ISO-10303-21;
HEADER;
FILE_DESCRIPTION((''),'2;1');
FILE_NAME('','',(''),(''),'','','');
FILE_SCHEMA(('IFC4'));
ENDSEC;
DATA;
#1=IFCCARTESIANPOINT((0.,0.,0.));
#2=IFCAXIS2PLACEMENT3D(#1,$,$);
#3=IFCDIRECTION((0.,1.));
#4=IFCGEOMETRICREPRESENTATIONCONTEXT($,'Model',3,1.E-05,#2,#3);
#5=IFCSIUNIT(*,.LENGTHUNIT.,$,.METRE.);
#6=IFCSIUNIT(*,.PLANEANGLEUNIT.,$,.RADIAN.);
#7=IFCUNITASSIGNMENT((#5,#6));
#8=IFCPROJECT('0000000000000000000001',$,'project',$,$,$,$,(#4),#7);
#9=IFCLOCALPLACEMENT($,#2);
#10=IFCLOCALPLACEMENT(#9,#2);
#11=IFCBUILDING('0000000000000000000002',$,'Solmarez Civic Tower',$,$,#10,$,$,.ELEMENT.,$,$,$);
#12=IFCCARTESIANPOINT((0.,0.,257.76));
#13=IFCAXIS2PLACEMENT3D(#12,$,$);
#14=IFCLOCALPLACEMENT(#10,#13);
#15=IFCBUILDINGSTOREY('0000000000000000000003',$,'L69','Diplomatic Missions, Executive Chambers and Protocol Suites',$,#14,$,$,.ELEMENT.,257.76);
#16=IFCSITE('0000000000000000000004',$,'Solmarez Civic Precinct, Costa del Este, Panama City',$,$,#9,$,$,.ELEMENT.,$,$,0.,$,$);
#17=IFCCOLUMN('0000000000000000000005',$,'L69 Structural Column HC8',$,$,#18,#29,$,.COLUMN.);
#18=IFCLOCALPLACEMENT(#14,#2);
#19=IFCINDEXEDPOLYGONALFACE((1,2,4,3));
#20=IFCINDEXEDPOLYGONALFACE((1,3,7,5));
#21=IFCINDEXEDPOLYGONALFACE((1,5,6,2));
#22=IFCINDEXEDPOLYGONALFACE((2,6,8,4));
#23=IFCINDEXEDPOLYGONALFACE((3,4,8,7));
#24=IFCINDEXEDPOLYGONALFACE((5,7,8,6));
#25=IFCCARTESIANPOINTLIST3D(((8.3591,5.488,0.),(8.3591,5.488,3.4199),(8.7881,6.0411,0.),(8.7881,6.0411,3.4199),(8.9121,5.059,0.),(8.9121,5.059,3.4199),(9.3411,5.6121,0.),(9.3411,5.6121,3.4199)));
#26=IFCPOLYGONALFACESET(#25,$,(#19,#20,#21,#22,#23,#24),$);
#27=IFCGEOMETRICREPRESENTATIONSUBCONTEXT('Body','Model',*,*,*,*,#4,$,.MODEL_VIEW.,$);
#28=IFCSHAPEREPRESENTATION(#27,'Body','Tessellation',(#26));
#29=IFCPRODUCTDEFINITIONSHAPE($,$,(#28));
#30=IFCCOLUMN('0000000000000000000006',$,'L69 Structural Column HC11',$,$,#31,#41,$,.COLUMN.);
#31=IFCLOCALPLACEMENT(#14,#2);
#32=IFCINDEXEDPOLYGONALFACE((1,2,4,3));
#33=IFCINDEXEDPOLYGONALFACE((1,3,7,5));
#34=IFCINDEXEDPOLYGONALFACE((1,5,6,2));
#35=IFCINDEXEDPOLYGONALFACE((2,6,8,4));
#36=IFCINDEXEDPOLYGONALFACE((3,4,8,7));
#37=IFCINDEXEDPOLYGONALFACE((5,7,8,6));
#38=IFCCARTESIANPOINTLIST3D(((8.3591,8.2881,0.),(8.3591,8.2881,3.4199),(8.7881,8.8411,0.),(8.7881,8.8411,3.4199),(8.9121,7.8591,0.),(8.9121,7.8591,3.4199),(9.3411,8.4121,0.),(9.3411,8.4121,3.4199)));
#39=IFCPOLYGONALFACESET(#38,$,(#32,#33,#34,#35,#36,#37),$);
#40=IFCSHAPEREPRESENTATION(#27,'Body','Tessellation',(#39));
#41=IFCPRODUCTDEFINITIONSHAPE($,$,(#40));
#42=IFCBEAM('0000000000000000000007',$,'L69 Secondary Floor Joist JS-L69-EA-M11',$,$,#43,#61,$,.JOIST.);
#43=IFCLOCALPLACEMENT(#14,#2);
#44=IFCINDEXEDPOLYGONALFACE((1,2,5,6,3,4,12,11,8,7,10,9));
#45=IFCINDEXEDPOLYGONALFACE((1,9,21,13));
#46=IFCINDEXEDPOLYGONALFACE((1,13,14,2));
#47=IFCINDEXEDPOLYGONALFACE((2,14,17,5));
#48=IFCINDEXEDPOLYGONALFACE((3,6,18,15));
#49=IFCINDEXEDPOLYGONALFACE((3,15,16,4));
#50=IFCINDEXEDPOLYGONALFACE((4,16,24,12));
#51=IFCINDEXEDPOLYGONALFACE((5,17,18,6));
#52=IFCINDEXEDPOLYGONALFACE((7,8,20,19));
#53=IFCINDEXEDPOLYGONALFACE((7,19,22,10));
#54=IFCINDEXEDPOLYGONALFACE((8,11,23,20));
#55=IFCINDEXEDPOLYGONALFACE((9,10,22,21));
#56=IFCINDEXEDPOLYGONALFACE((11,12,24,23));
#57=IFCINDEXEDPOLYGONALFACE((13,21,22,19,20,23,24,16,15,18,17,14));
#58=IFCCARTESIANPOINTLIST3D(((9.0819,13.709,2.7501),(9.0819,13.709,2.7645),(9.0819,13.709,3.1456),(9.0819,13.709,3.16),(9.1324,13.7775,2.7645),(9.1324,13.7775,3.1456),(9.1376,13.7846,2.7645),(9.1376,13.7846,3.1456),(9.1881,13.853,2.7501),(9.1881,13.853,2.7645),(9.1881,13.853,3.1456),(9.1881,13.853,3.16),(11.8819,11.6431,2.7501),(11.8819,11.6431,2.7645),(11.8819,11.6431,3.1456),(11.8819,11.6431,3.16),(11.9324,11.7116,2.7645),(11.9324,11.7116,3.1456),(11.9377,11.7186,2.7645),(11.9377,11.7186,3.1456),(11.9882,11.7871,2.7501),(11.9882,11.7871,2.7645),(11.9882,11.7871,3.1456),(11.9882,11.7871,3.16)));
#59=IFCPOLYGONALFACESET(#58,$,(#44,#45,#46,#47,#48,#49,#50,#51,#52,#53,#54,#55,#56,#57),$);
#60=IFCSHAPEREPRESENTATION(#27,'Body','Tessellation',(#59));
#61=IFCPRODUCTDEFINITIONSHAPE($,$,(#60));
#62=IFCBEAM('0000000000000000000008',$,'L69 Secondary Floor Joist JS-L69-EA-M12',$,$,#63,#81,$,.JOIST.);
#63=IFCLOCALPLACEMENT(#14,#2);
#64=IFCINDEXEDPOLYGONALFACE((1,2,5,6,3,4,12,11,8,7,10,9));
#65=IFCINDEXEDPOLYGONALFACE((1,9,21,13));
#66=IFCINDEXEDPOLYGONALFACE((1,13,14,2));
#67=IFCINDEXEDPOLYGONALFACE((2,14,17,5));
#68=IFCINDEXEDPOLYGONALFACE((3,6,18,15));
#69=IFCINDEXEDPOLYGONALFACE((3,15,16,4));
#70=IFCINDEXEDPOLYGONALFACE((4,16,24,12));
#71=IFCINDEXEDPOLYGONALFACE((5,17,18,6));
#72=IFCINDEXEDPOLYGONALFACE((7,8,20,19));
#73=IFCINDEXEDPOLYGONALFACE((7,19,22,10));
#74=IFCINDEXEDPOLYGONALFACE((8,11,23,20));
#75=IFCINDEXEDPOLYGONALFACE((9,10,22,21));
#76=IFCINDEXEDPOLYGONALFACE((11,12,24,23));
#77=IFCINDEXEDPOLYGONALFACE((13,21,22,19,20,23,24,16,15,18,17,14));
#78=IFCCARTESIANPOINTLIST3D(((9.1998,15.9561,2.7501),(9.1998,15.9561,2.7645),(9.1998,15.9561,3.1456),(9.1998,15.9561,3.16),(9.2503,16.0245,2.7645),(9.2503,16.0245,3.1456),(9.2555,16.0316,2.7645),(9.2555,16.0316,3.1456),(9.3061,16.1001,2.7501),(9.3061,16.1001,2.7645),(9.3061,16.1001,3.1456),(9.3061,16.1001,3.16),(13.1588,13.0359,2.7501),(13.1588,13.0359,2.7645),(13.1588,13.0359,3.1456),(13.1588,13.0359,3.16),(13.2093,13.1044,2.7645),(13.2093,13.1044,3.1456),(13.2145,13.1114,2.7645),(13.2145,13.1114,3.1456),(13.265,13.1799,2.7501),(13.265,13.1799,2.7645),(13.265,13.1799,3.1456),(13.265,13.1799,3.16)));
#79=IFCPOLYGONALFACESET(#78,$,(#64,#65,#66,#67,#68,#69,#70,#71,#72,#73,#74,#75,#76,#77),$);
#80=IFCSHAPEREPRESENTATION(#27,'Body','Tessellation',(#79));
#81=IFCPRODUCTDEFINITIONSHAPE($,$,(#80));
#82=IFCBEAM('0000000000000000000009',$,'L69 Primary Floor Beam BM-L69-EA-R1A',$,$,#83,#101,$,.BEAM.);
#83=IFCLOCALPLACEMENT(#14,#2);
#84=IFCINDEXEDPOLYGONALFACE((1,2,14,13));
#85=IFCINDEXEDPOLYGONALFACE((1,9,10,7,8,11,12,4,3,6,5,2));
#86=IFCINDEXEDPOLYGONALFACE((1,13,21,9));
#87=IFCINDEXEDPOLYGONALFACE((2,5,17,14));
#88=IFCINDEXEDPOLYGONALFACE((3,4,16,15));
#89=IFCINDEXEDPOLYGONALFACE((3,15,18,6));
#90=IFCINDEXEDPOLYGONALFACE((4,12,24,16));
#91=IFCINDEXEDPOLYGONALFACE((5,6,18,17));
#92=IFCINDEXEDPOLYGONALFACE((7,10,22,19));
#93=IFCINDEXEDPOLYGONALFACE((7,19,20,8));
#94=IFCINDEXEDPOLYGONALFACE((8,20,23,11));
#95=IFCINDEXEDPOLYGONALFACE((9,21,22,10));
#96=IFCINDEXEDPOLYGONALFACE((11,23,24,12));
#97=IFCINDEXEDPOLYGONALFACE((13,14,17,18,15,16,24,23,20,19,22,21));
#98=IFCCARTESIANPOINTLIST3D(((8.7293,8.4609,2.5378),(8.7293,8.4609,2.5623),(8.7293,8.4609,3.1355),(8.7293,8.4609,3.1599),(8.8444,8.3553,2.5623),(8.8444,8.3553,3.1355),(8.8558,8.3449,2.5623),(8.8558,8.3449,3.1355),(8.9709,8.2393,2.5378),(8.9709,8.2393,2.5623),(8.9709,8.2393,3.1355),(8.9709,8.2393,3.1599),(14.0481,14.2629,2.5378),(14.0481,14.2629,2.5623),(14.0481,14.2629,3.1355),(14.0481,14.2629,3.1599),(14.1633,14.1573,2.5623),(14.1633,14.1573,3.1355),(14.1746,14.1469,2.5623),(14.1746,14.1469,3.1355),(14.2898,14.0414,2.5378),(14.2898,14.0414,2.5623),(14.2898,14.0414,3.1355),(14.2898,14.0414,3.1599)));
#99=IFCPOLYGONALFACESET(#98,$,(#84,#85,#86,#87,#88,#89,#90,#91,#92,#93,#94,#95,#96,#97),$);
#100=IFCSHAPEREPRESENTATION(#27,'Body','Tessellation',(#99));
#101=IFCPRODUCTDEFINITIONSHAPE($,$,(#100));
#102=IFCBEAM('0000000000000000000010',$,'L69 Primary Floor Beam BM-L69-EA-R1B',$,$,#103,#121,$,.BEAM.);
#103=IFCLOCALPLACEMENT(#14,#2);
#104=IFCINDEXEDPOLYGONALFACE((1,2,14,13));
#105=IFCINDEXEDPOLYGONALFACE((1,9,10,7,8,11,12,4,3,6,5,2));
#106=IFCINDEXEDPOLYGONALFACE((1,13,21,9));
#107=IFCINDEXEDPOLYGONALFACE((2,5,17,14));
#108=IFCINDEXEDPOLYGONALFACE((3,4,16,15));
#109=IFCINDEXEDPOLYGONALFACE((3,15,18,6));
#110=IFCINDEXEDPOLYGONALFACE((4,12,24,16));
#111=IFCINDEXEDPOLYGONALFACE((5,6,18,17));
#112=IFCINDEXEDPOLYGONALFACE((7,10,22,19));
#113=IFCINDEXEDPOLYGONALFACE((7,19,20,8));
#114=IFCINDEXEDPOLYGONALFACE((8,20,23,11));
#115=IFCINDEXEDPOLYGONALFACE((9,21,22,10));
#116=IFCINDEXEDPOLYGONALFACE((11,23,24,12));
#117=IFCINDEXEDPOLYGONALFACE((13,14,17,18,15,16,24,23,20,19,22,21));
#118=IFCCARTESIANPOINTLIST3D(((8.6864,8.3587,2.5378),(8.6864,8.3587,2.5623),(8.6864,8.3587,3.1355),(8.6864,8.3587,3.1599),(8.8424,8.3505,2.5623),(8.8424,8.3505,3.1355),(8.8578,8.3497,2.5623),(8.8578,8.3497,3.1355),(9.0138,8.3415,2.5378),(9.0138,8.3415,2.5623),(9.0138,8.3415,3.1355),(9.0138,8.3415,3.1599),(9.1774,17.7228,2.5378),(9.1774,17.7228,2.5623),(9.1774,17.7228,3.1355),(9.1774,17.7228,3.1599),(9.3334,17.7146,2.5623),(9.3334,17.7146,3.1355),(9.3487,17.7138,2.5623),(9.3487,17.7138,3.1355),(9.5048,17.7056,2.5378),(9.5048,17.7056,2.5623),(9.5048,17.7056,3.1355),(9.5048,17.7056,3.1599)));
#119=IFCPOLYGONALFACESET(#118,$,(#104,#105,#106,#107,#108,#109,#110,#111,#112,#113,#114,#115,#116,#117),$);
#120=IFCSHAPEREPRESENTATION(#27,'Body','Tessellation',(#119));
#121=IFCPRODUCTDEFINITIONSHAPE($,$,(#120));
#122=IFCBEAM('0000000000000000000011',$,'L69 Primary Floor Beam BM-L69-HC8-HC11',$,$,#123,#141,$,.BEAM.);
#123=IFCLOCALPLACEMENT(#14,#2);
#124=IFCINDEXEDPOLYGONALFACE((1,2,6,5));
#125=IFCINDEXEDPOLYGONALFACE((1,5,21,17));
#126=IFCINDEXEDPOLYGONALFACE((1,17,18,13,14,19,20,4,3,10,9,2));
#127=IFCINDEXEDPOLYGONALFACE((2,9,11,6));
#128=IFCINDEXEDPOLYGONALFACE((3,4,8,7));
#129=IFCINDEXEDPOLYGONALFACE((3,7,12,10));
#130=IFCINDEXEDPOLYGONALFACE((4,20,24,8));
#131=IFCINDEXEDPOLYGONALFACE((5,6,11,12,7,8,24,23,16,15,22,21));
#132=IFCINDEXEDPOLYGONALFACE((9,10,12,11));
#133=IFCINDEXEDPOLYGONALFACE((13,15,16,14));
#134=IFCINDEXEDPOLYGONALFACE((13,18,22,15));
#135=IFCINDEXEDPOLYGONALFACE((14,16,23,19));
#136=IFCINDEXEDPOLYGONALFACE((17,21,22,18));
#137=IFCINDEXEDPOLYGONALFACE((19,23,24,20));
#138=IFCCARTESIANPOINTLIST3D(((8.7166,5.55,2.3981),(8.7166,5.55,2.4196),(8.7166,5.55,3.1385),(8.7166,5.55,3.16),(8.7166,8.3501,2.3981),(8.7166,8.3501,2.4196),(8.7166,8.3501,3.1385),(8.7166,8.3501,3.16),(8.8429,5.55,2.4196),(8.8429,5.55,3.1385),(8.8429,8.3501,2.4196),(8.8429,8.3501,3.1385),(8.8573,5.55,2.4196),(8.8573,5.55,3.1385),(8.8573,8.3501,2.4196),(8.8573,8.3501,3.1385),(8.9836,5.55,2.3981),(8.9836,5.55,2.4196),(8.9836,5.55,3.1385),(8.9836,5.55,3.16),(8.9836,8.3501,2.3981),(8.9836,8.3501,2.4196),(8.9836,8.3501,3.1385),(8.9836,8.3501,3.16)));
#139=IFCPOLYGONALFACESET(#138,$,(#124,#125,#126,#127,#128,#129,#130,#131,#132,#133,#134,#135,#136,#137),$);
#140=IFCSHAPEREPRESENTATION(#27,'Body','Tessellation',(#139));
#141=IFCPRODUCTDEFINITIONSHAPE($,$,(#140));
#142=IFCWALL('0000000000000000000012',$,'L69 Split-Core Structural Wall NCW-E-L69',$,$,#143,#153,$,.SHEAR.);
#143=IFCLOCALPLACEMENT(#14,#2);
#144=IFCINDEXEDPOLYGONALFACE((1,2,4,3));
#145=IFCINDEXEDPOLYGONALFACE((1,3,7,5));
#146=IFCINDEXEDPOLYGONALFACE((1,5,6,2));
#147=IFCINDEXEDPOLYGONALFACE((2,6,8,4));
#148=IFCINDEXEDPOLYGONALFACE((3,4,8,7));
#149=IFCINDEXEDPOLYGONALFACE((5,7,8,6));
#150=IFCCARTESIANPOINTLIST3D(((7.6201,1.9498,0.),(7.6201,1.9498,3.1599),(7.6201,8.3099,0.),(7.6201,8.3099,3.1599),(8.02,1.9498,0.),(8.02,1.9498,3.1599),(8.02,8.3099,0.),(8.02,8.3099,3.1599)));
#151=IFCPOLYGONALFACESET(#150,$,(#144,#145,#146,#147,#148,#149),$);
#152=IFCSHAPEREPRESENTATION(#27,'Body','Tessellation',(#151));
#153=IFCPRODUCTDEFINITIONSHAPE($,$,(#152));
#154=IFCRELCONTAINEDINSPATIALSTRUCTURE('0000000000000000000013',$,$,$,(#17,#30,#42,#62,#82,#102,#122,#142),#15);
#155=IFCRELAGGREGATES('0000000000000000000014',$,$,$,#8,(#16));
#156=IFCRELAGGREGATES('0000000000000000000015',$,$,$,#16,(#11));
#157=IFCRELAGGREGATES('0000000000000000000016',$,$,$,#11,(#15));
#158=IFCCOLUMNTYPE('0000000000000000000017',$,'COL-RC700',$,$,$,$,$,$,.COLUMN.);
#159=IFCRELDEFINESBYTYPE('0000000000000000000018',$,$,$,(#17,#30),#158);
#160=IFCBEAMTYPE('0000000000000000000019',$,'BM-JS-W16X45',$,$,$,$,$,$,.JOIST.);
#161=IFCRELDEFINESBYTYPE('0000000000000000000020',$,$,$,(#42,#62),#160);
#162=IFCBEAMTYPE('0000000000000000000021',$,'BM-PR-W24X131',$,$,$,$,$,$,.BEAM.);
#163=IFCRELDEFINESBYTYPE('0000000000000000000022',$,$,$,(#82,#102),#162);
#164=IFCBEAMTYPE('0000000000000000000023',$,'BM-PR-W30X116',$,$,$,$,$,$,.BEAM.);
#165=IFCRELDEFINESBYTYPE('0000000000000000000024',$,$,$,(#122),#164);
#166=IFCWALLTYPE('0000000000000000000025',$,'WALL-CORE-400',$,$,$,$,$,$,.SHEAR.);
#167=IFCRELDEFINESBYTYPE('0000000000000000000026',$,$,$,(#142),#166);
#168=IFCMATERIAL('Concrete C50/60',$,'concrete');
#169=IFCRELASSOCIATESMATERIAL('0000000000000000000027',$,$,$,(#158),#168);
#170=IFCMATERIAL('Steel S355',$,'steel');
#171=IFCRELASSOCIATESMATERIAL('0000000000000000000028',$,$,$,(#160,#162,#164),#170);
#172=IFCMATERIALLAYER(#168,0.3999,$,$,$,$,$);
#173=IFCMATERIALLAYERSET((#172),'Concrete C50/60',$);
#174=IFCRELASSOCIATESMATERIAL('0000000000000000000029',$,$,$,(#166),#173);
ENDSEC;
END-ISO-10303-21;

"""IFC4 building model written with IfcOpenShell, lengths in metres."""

from ifc_helpers import new_model, si_unit, direction, frame, frame_2d, origin, origin_2d, place, context, subcontext, project, spatial, rectangle, i_section, extrude, material, layer, layer_set, material_profile, profile_set, type_object, element, save


model = new_model("IFC4")

# Units and contexts
model_context = context("Model", 3, precision=1e-05, world=origin(), true_north=direction((0.0, 1.0)))
body_context = subcontext(model_context, "Body", "Model", "MODEL_VIEW")
ifc_project = project(units=[si_unit("LENGTHUNIT", "METRE"), si_unit("PLANEANGLEUNIT", "RADIAN")], contexts=[model_context])

# Site, building, storey
site_placement = place(None, origin())
site = spatial("IfcSite", under=ifc_project, at=site_placement, Name="Solmarez Civic Precinct, Costa del Este, Panama City", CompositionType="ELEMENT", RefElevation=0.0)
building_placement = place(site_placement, origin())
building = spatial("IfcBuilding", under=site, at=building_placement, Name="Solmarez Civic Tower", CompositionType="ELEMENT")
storey_placement = place(building_placement, frame((0.0, 0.0, 257.76)))
storey = spatial("IfcBuildingStorey", under=building, at=storey_placement, Name="L69", Description="Diplomatic Missions, Executive Chambers and Protocol Suites", CompositionType="ELEMENT", Elevation=257.76)

# Columns
ifc_material_1 = material(Name="Concrete C50/60", Category="concrete")
ifc_material_profile_1 = material_profile(ifc_material_1, rectangle(XDim=0.7, YDim=0.7, at=origin_2d()), Name="RC700X700")
ifc_profile_set_1 = profile_set([ifc_material_profile_1], Name="Concrete C50/60")
column_type = type_object("IfcColumnType", Name="COL-RC700", PredefinedType="COLUMN", material=ifc_profile_set_1)
for number, where, z_axis, x_axis, name in (
    (1, (8.8501, 5.55, 0.0), (0.0, 0.0, 1.0), (0.612907, 0.790155, 0.0), "L69 Structural Column HC8"),
    (2, (8.8501, 8.3501, 0.0), (0.0, 0.0, 1.0), (0.612907, 0.790155, 0.0), "L69 Structural Column HC11"),
):
    element("IfcColumn", number, at=place(storey_placement, frame(where, z_axis=z_axis, x_axis=x_axis)), inside=storey, type_object=column_type, Name=name, PredefinedType="COLUMN", context=body_context, shape_type="SweptSolid", body=[
        extrude(rectangle(XDim=0.7, YDim=0.7, at=origin_2d()), origin(), (0.0, 0.0, 1.0), 3.4199),
    ])

# Beams
ifc_material_2 = material(Name="Steel S355", Category="steel")
ifc_material_profile_2 = material_profile(ifc_material_2, i_section(OverallWidth=0.179, OverallDepth=0.4099, WebThickness=0.0088, FlangeThickness=0.0144, at=origin_2d()), Name="W16X45")
ifc_profile_set_2 = profile_set([ifc_material_profile_2], Name="Steel S355")
beam_type_1 = type_object("IfcBeamType", Name="BM-JS-W16X45", PredefinedType="JOIST", material=ifc_profile_set_2)
beam_1_placement = place(storey_placement, frame((11.9351, 11.7151, 2.9551), z_axis=(-0.804682, 0.593706, 0.0), x_axis=(-0.593706, -0.804682, 0.0)))
element("IfcBeam", 3, at=beam_1_placement, inside=storey, type_object=beam_type_1, Name="L69 Secondary Floor Joist JS-L69-EA-M11", PredefinedType="JOIST", context=body_context, shape_type="SweptSolid", body=[
    extrude(i_section(OverallWidth=0.179, OverallDepth=0.4099, WebThickness=0.0088, FlangeThickness=0.0144, at=origin_2d()), origin(), (0.0, 0.0, 1.0), 3.4797),
])
beam_2_placement = place(storey_placement, frame((13.2119, 13.1079, 2.9551), z_axis=(-0.804763, 0.593597, 0.0), x_axis=(-0.593597, -0.804763, 0.0)))
element("IfcBeam", 4, at=beam_2_placement, inside=storey, type_object=beam_type_1, Name="L69 Secondary Floor Joist JS-L69-EA-M12", PredefinedType="JOIST", context=body_context, shape_type="SweptSolid", body=[
    extrude(i_section(OverallWidth=0.179, OverallDepth=0.4099, WebThickness=0.0088, FlangeThickness=0.0144, at=origin_2d()), origin(), (0.0, 0.0, 1.0), 4.9194),
])
ifc_material_profile_3 = material_profile(ifc_material_2, i_section(OverallWidth=0.3279, OverallDepth=0.6221, WebThickness=0.0154, FlangeThickness=0.0244, at=origin_2d()), Name="W24X131")
ifc_profile_set_3 = profile_set([ifc_material_profile_3], Name="Steel S355")
beam_type_2 = type_object("IfcBeamType", Name="BM-PR-W24X131", PredefinedType="BEAM", material=ifc_profile_set_3)
beam_3_placement = place(storey_placement, frame((8.8501, 8.3501, 2.8489), z_axis=(0.675749, 0.737132, 0.0), x_axis=(-0.737132, 0.675749, 0.0)))
element("IfcBeam", 5, at=beam_3_placement, inside=storey, type_object=beam_type_2, Name="L69 Primary Floor Beam BM-L69-EA-R1A", PredefinedType="BEAM", context=body_context, shape_type="SweptSolid", body=[
    extrude(i_section(OverallWidth=0.3279, OverallDepth=0.6221, WebThickness=0.0154, FlangeThickness=0.0244, at=origin_2d()), origin(), (0.0, 0.0, 1.0), 7.8711),
])
beam_4_placement = place(storey_placement, frame((8.8501, 8.3501, 2.8489), z_axis=(0.052359, 0.998628, 0.0), x_axis=(-0.998628, 0.052359, 0.0)))
element("IfcBeam", 6, at=beam_4_placement, inside=storey, type_object=beam_type_2, Name="L69 Primary Floor Beam BM-L69-EA-R1B", PredefinedType="BEAM", context=body_context, shape_type="SweptSolid", body=[
    extrude(i_section(OverallWidth=0.3279, OverallDepth=0.6221, WebThickness=0.0154, FlangeThickness=0.0244, at=origin_2d()), origin(), (0.0, 0.0, 1.0), 9.377),
])
ifc_material_profile_4 = material_profile(ifc_material_2, i_section(OverallWidth=0.2671, OverallDepth=0.762, WebThickness=0.0144, FlangeThickness=0.0215, at=origin_2d()), Name="W30X116")
ifc_profile_set_4 = profile_set([ifc_material_profile_4], Name="Steel S355")
beam_type_3 = type_object("IfcBeamType", Name="BM-PR-W30X116", PredefinedType="BEAM", material=ifc_profile_set_4)
beam_5_placement = place(storey_placement, frame((8.8501, 5.55, 2.7791), z_axis=(0.0, 1.0, 0.0), x_axis=(-1.0, 0.0, 0.0)))
element("IfcBeam", 7, at=beam_5_placement, inside=storey, type_object=beam_type_3, Name="L69 Primary Floor Beam BM-L69-HC8-HC11", PredefinedType="BEAM", context=body_context, shape_type="SweptSolid", body=[
    extrude(i_section(OverallWidth=0.2671, OverallDepth=0.762, WebThickness=0.0144, FlangeThickness=0.0215, at=origin_2d()), origin(), (0.0, 0.0, 1.0), 2.8),
])

# Wall
ifc_layer_1 = layer(ifc_material_1, 0.3999)
ifc_layer_set_1 = layer_set([ifc_layer_1], Name="Concrete C50/60")
wall_type_1 = type_object("IfcWallType", Name="WALL-CORE-400", PredefinedType="SHEAR", material=ifc_layer_set_1)
wall_1_placement = place(storey_placement, frame((7.8201, 8.3101, 0.0), z_axis=(0.0, 0.0, 1.0), x_axis=(0.0, -1.0, 0.0)))
element("IfcWall", 8, at=wall_1_placement, inside=storey, type_object=wall_type_1, Name="L69 Split-Core Structural Wall NCW-E-L69", PredefinedType="SHEAR", context=body_context, shape_type="SweptSolid", body=[
    extrude(rectangle(XDim=6.3601, YDim=0.3999, at=frame_2d((3.1802, 0.0))), origin(), (0.0, 0.0, 1.0), 3.1599),
])

save(model, "model.ifc")
